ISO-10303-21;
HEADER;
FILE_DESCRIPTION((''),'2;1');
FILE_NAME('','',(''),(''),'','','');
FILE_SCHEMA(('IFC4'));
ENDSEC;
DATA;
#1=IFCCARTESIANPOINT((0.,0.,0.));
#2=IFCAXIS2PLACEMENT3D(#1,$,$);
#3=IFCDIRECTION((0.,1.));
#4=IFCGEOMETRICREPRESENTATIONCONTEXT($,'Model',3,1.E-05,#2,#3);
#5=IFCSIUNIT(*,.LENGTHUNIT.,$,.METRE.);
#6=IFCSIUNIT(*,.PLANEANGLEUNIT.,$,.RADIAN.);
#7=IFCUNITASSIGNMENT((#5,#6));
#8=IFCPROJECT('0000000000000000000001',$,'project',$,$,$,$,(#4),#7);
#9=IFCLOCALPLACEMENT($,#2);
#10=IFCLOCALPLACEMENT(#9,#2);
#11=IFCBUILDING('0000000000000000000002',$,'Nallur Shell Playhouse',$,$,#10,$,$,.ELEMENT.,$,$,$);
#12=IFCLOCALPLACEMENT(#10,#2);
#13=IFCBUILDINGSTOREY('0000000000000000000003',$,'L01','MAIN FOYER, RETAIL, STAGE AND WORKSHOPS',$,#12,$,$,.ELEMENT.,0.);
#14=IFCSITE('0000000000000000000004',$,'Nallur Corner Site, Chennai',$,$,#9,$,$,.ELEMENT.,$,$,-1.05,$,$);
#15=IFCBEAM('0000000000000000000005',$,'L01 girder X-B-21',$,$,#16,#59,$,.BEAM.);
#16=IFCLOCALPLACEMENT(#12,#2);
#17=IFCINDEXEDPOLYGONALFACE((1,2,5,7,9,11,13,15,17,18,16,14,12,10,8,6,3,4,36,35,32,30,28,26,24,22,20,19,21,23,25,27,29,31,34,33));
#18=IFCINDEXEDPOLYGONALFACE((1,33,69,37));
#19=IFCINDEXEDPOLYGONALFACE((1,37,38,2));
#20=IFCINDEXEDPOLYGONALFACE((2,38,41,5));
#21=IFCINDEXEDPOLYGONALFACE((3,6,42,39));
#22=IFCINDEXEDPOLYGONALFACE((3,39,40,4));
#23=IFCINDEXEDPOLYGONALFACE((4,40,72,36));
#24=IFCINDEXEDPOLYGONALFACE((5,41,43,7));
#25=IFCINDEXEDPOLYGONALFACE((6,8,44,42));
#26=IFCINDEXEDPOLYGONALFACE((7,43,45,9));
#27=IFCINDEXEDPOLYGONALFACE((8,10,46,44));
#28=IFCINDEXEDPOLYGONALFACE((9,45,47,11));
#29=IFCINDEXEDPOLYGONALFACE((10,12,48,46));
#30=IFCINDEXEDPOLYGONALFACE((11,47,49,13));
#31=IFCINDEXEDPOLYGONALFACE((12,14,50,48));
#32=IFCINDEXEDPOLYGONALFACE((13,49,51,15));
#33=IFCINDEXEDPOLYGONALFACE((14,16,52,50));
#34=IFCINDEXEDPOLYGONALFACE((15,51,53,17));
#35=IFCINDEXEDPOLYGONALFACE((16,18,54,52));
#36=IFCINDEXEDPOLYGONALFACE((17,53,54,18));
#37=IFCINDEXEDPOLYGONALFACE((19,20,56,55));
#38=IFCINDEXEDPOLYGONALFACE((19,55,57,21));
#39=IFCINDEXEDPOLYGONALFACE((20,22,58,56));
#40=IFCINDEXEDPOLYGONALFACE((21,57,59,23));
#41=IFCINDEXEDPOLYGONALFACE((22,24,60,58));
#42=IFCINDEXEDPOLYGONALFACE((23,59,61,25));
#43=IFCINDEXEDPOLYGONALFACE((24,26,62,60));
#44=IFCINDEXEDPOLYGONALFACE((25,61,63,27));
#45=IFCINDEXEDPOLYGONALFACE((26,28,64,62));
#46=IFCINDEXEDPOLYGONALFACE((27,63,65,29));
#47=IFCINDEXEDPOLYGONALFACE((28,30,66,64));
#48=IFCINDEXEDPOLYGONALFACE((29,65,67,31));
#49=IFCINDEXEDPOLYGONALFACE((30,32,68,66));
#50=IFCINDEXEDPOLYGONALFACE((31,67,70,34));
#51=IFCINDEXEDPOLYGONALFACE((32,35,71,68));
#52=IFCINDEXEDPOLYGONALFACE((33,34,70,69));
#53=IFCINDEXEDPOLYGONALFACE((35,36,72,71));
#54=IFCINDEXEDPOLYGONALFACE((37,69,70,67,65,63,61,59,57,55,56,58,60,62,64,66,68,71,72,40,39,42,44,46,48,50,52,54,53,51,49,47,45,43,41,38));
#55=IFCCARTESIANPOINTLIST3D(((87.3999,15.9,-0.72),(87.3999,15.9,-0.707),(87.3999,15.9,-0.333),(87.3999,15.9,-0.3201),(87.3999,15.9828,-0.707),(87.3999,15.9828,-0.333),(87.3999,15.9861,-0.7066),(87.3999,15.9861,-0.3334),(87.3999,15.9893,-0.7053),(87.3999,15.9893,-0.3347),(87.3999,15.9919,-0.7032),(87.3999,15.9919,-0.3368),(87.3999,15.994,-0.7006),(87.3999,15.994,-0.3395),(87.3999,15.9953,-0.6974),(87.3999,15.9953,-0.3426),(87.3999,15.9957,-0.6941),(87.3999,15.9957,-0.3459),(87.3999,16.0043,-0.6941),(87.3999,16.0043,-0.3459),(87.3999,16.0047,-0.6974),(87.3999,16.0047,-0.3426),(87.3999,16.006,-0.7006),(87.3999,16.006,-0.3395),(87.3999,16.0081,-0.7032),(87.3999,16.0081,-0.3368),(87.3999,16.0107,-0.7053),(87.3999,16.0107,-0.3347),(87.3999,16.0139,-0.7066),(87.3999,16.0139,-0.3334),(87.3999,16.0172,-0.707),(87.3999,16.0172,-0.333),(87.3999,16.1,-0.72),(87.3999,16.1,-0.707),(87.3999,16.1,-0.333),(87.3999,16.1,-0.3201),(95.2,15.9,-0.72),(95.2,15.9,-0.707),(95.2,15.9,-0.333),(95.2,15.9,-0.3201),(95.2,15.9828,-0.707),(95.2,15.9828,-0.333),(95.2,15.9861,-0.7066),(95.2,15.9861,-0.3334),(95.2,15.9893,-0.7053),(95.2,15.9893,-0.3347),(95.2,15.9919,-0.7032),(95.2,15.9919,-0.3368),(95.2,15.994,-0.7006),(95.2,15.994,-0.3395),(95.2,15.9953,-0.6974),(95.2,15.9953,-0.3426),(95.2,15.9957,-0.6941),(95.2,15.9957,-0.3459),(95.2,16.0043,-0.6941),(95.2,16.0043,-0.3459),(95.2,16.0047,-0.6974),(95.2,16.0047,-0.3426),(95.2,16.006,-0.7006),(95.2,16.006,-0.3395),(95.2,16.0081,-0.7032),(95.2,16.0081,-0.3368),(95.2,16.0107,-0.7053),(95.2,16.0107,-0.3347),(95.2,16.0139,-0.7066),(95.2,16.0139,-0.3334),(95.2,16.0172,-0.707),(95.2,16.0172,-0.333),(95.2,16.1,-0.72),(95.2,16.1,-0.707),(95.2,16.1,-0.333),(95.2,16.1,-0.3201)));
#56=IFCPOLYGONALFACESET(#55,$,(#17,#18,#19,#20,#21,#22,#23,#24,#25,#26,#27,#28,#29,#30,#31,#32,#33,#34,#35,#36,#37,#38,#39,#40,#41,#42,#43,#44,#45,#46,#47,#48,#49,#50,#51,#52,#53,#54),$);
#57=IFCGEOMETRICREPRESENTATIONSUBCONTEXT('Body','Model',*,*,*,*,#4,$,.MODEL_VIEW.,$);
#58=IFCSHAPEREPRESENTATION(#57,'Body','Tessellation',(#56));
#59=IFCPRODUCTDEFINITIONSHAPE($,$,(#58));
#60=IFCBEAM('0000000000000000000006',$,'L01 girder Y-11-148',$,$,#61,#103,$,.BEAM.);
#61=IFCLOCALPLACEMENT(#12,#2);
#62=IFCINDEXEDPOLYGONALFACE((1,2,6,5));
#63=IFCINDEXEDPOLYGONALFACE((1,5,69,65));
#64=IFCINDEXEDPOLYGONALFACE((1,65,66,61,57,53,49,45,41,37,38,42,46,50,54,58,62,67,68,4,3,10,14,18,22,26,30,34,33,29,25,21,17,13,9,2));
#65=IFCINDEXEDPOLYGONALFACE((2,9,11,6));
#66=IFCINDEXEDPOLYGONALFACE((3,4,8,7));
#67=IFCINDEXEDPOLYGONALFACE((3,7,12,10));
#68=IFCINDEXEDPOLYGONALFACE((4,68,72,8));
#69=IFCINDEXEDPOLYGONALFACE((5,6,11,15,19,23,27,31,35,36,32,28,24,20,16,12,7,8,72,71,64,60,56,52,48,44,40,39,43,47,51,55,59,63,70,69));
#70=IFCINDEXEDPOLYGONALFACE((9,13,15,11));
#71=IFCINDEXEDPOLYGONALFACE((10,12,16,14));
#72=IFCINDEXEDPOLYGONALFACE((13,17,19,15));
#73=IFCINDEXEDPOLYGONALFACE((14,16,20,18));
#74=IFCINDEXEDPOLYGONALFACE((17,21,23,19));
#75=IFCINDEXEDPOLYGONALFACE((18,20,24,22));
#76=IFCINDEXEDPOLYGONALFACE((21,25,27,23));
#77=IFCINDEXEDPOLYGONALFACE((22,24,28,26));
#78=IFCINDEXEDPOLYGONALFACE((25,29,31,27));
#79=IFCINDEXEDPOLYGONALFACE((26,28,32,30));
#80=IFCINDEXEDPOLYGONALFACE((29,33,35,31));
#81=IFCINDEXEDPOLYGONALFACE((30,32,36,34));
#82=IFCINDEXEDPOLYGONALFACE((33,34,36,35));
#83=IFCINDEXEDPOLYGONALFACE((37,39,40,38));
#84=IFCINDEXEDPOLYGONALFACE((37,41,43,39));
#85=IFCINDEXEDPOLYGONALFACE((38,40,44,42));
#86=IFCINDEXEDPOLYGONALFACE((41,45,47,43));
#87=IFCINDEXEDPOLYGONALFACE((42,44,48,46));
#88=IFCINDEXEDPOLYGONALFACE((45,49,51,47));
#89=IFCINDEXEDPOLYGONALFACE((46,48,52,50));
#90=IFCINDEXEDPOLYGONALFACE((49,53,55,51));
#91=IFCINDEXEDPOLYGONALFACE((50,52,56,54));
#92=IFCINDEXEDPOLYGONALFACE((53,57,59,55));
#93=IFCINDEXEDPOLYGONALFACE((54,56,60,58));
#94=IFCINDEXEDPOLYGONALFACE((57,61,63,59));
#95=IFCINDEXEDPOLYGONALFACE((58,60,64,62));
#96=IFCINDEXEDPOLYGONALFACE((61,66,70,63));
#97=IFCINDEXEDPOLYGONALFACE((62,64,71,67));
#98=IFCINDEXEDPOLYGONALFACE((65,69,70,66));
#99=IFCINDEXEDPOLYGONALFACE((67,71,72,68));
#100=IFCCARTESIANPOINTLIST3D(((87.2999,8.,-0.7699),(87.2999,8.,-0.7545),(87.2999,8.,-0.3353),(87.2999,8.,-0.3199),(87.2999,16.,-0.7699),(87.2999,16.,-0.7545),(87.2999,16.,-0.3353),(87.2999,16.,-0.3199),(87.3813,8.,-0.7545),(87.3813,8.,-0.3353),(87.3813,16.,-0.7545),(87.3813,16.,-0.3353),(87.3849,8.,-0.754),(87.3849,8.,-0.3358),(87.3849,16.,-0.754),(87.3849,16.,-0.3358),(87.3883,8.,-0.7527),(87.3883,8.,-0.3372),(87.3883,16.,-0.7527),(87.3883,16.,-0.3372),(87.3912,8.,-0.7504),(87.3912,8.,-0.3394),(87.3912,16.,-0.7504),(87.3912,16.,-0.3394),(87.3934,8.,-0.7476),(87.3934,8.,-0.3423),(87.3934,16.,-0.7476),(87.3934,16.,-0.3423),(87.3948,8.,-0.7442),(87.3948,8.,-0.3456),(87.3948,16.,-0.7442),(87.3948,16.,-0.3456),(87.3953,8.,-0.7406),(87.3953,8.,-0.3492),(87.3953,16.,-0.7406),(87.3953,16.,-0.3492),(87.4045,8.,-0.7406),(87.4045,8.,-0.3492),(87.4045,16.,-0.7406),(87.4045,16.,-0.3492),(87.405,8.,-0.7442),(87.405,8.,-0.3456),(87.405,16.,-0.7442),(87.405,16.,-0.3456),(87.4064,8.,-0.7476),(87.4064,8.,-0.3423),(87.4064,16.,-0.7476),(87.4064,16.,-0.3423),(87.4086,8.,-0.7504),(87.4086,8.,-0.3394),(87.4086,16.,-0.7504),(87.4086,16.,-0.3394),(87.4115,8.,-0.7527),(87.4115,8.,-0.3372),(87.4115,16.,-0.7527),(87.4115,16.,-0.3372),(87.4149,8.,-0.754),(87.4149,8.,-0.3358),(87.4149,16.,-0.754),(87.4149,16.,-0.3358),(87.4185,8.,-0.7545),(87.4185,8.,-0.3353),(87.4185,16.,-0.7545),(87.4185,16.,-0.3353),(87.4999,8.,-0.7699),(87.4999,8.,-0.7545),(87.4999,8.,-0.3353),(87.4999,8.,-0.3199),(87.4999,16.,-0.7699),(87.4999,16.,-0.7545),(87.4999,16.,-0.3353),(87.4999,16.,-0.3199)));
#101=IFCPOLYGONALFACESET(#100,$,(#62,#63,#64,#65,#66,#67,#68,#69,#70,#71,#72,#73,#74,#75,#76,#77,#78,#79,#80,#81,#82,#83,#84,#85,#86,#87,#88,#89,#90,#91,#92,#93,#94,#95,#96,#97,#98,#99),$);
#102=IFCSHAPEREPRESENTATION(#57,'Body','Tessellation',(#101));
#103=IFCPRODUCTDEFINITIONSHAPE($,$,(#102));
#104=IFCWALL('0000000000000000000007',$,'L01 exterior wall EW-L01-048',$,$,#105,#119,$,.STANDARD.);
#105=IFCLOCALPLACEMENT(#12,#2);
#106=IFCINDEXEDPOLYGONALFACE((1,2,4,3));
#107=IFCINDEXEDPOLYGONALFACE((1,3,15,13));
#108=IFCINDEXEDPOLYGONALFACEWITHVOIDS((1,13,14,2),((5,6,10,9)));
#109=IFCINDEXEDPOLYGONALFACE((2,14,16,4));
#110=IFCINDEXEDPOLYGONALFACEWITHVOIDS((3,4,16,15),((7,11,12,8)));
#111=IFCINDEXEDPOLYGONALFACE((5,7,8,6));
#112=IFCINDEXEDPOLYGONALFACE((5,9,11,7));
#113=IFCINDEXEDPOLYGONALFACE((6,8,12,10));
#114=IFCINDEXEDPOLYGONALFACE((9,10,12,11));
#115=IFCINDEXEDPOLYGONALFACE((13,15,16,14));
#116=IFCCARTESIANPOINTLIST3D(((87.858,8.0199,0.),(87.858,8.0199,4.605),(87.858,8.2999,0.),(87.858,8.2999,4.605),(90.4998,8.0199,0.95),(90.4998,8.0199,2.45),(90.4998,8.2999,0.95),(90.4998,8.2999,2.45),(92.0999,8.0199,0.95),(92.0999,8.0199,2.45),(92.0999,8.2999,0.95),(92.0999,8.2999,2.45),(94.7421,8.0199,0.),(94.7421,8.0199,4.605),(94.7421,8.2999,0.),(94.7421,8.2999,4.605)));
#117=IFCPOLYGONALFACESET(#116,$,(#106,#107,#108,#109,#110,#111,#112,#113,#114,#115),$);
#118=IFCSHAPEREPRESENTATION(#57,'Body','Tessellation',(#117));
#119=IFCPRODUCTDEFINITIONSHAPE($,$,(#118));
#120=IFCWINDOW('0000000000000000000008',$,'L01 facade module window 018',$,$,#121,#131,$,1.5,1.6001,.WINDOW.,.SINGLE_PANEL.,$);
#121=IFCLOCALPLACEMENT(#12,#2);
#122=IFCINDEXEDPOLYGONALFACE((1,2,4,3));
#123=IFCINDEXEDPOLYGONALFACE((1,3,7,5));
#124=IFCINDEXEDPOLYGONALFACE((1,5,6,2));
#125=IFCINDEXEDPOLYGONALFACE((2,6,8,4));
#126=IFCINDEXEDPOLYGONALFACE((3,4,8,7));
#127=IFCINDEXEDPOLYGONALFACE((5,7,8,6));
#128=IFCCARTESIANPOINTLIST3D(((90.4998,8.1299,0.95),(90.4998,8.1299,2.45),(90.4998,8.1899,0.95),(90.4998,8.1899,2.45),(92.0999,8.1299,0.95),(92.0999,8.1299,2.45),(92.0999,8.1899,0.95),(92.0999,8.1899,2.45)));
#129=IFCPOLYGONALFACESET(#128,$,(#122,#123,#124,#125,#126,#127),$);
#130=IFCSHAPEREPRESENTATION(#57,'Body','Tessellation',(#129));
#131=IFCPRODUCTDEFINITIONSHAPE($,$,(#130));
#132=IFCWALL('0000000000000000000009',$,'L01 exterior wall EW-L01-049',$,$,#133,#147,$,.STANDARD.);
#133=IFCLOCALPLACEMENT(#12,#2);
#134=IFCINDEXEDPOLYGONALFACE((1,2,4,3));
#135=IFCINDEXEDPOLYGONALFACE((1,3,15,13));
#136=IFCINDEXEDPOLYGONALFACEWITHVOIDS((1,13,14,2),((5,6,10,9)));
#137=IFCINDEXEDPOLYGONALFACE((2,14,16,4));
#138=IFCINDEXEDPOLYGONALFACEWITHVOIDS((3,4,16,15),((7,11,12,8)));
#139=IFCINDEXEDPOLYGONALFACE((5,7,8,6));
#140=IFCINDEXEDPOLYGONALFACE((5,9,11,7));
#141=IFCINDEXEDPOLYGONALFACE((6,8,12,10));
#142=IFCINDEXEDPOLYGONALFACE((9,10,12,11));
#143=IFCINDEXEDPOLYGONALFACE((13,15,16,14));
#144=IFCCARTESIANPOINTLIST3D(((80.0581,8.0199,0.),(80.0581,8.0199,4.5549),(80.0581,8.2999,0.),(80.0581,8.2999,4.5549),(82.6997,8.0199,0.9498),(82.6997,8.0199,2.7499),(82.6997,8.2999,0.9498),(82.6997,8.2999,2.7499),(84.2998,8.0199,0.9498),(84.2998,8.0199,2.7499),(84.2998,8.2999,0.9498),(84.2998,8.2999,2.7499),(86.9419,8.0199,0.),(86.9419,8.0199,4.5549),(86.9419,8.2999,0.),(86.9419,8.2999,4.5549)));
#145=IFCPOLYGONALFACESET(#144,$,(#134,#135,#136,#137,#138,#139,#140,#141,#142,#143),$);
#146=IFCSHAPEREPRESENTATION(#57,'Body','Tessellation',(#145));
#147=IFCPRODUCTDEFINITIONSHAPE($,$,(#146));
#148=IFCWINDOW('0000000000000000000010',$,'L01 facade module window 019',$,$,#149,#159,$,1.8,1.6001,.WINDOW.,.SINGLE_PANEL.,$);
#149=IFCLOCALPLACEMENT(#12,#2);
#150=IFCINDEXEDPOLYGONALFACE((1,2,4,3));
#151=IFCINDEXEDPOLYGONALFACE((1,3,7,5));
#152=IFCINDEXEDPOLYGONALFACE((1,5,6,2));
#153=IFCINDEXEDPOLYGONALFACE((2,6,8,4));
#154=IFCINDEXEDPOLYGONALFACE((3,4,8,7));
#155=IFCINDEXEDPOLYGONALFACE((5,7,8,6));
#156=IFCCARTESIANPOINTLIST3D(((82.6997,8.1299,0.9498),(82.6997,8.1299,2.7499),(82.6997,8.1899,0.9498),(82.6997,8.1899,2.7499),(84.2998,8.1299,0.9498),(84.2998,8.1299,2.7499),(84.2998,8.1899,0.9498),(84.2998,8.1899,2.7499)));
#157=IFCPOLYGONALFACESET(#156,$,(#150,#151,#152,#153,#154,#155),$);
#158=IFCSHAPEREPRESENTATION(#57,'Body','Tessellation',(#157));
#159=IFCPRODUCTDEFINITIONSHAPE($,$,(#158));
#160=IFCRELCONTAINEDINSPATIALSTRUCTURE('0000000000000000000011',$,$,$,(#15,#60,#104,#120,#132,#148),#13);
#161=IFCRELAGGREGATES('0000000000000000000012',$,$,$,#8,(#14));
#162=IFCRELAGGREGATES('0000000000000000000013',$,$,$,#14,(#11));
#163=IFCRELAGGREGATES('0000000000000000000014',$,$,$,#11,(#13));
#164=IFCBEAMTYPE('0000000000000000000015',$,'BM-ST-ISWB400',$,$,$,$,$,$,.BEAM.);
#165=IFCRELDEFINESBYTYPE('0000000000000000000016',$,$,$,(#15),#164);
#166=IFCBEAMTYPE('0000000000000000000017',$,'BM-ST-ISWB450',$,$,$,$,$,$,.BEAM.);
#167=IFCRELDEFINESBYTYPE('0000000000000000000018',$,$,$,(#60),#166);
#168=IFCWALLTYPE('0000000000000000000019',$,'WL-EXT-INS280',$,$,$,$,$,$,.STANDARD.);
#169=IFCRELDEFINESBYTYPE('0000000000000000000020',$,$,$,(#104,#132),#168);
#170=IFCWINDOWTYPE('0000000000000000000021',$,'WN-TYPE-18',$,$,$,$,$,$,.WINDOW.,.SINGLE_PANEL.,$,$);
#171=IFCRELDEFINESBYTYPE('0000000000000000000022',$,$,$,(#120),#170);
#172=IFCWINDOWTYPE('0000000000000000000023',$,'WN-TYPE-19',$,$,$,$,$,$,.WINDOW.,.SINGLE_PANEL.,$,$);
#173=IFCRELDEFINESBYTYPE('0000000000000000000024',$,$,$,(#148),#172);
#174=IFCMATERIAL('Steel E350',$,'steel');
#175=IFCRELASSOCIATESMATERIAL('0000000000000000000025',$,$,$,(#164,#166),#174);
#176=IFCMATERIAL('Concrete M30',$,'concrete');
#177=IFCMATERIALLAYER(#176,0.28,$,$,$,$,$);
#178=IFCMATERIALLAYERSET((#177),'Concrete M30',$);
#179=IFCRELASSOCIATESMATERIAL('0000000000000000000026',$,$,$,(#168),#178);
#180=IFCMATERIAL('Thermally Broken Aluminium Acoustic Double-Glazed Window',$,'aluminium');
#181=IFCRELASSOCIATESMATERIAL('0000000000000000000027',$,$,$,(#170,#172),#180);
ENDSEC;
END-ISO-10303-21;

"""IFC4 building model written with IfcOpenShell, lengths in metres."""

from ifc_helpers import new_model, si_unit, direction, frame, frame_2d, origin, origin_2d, place, context, subcontext, project, spatial, rectangle, i_section, extrude, material, layer, layer_set, material_profile, profile_set, type_object, element, fill, save


model = new_model("IFC4")

# Units and contexts
model_context = context("Model", 3, precision=1e-05, world=origin(), true_north=direction((0.0, 1.0)))
body_context = subcontext(model_context, "Body", "Model", "MODEL_VIEW")
ifc_project = project(units=[si_unit("LENGTHUNIT", "METRE"), si_unit("PLANEANGLEUNIT", "RADIAN")], contexts=[model_context])

# Site, building, storey
site_placement = place(None, origin())
site = spatial("IfcSite", under=ifc_project, at=site_placement, Name="Nallur Corner Site, Chennai", CompositionType="ELEMENT", RefElevation=-1.05)
building_placement = place(site_placement, origin())
building = spatial("IfcBuilding", under=site, at=building_placement, Name="Nallur Shell Playhouse", CompositionType="ELEMENT")
storey_placement = place(building_placement, origin())
storey = spatial("IfcBuildingStorey", under=building, at=storey_placement, Name="L01", Description="MAIN FOYER, RETAIL, STAGE AND WORKSHOPS", CompositionType="ELEMENT", Elevation=0.0)

# Beams
ifc_material_1 = material(Name="Concrete M30", Category="concrete")
ifc_material_2 = material(Name="Steel E350", Category="steel")
ifc_material_profile_1 = material_profile(ifc_material_2, i_section(OverallWidth=0.2, OverallDepth=0.3999, WebThickness=0.0085, FlangeThickness=0.0129, FilletRadius=0.0129, at=origin_2d()), Name="ISWB 400")
ifc_profile_set_1 = profile_set([ifc_material_profile_1], Name="Steel E350")
beam_type_1 = type_object("IfcBeamType", Name="BM-ST-ISWB400", PredefinedType="BEAM", material=ifc_profile_set_1)
beam_1_placement = place(storey_placement, frame((87.3999, 16.0, -0.52), z_axis=(1.0, 0.0, 0.0), x_axis=(0.0, 1.0, 0.0)))
element("IfcBeam", 1, at=beam_1_placement, inside=storey, type_object=beam_type_1, Name="L01 girder X-B-21", PredefinedType="BEAM", context=body_context, shape_type="SweptSolid", body=[
    extrude(i_section(OverallWidth=0.2, OverallDepth=0.3999, WebThickness=0.0085, FlangeThickness=0.0129, FilletRadius=0.0129, at=origin_2d()), origin(), (0.0, 0.0, 1.0), 7.8),
])
ifc_material_profile_2 = material_profile(ifc_material_2, i_section(OverallWidth=0.2, OverallDepth=0.45, WebThickness=0.0093, FlangeThickness=0.0154, FilletRadius=0.0139, at=origin_2d()), Name="ISWB 450")
ifc_profile_set_2 = profile_set([ifc_material_profile_2], Name="Steel E350")
beam_type_2 = type_object("IfcBeamType", Name="BM-ST-ISWB450", PredefinedType="BEAM", material=ifc_profile_set_2)
beam_2_placement = place(storey_placement, frame((87.3999, 8.0, -0.5449), z_axis=(0.0, 1.0, 0.0), x_axis=(-1.0, 0.0, 0.0)))
element("IfcBeam", 2, at=beam_2_placement, inside=storey, type_object=beam_type_2, Name="L01 girder Y-11-148", PredefinedType="BEAM", context=body_context, shape_type="SweptSolid", body=[
    extrude(i_section(OverallWidth=0.2, OverallDepth=0.45, WebThickness=0.0093, FlangeThickness=0.0154, FilletRadius=0.0139, at=origin_2d()), origin(), (0.0, 0.0, 1.0), 8.0),
])

# Walls, openings, windows
ifc_layer_1 = layer(ifc_material_1, 0.28)
ifc_layer_set_1 = layer_set([ifc_layer_1], Name="Concrete M30")
wall_type_1 = type_object("IfcWallType", Name="WL-EXT-INS280", PredefinedType="STANDARD", material=ifc_layer_set_1)
wall_1_placement = place(storey_placement, frame((94.7419, 8.1599, 0.0), z_axis=(0.0, 0.0, 1.0), x_axis=(-1.0, 0.0, 0.0)))
wall_1 = element("IfcWall", 3, at=wall_1_placement, inside=storey, type_object=wall_type_1, Name="L01 exterior wall EW-L01-048", PredefinedType="STANDARD", context=body_context, shape_type="SweptSolid", body=[
    extrude(rectangle(XDim=6.884, YDim=0.28, at=frame_2d((3.4419, 0.0))), origin(), (0.0, 0.0, 1.0), 4.605),
])
opening_1_placement = place(wall_1_placement, frame((2.6421, 0.0, 0.95)))
opening_1 = element("IfcOpeningElement", 4, at=opening_1_placement, cuts=wall_1, PredefinedType="OPENING", context=body_context, shape_type="SweptSolid", body=[
    extrude(rectangle(XDim=1.6001, YDim=1.5, at=frame_2d((0.8, 0.75))), frame((0.0, 0.1499, 0.0), z_axis=(0.0, -1.0, 0.0), x_axis=(1.0, 0.0, 0.0)), (0.0, 0.0, 1.0), 0.3),
])
ifc_material_3 = material(Name="Thermally Broken Aluminium Acoustic Double-Glazed Window", Category="aluminium")
window_type_1 = type_object("IfcWindowType", Name="WN-TYPE-18", PartitioningType="SINGLE_PANEL", PredefinedType="WINDOW", material=ifc_material_3)
window_1_placement = place(opening_1_placement, origin())
window_1 = element("IfcWindow", 5, at=window_1_placement, inside=storey, type_object=window_type_1, Name="L01 facade module window 018", OverallHeight=1.5, OverallWidth=1.6001, PartitioningType="SINGLE_PANEL", PredefinedType="WINDOW", context=body_context, shape_type="SweptSolid", body=[
    extrude(rectangle(XDim=1.6001, YDim=1.5, at=frame_2d((0.8, 0.75))), frame((0.0, 0.03, 0.0), z_axis=(0.0, -1.0, 0.0), x_axis=(1.0, 0.0, 0.0)), (0.0, 0.0, 1.0), 0.0601),
])
fill(opening_1, window_1)
wall_2_placement = place(storey_placement, frame((86.9419, 8.1599, 0.0), z_axis=(0.0, 0.0, 1.0), x_axis=(-1.0, 0.0, 0.0)))
wall_2 = element("IfcWall", 6, at=wall_2_placement, inside=storey, type_object=wall_type_1, Name="L01 exterior wall EW-L01-049", PredefinedType="STANDARD", context=body_context, shape_type="SweptSolid", body=[
    extrude(rectangle(XDim=6.8838, YDim=0.28, at=frame_2d((3.4419, 0.0))), origin(), (0.0, 0.0, 1.0), 4.5549),
])
opening_2_placement = place(wall_2_placement, frame((2.6421, 0.0, 0.95)))
opening_2 = element("IfcOpeningElement", 7, at=opening_2_placement, cuts=wall_2, PredefinedType="OPENING", context=body_context, shape_type="SweptSolid", body=[
    extrude(rectangle(XDim=1.6001, YDim=1.8, at=frame_2d((0.8, 0.8999))), frame((0.0, 0.1499, 0.0), z_axis=(0.0, -1.0, 0.0), x_axis=(1.0, 0.0, 0.0)), (0.0, 0.0, 1.0), 0.3),
])
window_type_2 = type_object("IfcWindowType", Name="WN-TYPE-19", PartitioningType="SINGLE_PANEL", PredefinedType="WINDOW", material=ifc_material_3)
window_2_placement = place(opening_2_placement, origin())
window_2 = element("IfcWindow", 8, at=window_2_placement, inside=storey, type_object=window_type_2, Name="L01 facade module window 019", OverallHeight=1.8, OverallWidth=1.6001, PartitioningType="SINGLE_PANEL", PredefinedType="WINDOW", context=body_context, shape_type="SweptSolid", body=[
    extrude(rectangle(XDim=1.6001, YDim=1.8, at=frame_2d((0.8, 0.8999))), frame((0.0, 0.03, 0.0), z_axis=(0.0, -1.0, 0.0), x_axis=(1.0, 0.0, 0.0)), (0.0, 0.0, 1.0), 0.0601),
])
fill(opening_2, window_2)

save(model, "model.ifc")
